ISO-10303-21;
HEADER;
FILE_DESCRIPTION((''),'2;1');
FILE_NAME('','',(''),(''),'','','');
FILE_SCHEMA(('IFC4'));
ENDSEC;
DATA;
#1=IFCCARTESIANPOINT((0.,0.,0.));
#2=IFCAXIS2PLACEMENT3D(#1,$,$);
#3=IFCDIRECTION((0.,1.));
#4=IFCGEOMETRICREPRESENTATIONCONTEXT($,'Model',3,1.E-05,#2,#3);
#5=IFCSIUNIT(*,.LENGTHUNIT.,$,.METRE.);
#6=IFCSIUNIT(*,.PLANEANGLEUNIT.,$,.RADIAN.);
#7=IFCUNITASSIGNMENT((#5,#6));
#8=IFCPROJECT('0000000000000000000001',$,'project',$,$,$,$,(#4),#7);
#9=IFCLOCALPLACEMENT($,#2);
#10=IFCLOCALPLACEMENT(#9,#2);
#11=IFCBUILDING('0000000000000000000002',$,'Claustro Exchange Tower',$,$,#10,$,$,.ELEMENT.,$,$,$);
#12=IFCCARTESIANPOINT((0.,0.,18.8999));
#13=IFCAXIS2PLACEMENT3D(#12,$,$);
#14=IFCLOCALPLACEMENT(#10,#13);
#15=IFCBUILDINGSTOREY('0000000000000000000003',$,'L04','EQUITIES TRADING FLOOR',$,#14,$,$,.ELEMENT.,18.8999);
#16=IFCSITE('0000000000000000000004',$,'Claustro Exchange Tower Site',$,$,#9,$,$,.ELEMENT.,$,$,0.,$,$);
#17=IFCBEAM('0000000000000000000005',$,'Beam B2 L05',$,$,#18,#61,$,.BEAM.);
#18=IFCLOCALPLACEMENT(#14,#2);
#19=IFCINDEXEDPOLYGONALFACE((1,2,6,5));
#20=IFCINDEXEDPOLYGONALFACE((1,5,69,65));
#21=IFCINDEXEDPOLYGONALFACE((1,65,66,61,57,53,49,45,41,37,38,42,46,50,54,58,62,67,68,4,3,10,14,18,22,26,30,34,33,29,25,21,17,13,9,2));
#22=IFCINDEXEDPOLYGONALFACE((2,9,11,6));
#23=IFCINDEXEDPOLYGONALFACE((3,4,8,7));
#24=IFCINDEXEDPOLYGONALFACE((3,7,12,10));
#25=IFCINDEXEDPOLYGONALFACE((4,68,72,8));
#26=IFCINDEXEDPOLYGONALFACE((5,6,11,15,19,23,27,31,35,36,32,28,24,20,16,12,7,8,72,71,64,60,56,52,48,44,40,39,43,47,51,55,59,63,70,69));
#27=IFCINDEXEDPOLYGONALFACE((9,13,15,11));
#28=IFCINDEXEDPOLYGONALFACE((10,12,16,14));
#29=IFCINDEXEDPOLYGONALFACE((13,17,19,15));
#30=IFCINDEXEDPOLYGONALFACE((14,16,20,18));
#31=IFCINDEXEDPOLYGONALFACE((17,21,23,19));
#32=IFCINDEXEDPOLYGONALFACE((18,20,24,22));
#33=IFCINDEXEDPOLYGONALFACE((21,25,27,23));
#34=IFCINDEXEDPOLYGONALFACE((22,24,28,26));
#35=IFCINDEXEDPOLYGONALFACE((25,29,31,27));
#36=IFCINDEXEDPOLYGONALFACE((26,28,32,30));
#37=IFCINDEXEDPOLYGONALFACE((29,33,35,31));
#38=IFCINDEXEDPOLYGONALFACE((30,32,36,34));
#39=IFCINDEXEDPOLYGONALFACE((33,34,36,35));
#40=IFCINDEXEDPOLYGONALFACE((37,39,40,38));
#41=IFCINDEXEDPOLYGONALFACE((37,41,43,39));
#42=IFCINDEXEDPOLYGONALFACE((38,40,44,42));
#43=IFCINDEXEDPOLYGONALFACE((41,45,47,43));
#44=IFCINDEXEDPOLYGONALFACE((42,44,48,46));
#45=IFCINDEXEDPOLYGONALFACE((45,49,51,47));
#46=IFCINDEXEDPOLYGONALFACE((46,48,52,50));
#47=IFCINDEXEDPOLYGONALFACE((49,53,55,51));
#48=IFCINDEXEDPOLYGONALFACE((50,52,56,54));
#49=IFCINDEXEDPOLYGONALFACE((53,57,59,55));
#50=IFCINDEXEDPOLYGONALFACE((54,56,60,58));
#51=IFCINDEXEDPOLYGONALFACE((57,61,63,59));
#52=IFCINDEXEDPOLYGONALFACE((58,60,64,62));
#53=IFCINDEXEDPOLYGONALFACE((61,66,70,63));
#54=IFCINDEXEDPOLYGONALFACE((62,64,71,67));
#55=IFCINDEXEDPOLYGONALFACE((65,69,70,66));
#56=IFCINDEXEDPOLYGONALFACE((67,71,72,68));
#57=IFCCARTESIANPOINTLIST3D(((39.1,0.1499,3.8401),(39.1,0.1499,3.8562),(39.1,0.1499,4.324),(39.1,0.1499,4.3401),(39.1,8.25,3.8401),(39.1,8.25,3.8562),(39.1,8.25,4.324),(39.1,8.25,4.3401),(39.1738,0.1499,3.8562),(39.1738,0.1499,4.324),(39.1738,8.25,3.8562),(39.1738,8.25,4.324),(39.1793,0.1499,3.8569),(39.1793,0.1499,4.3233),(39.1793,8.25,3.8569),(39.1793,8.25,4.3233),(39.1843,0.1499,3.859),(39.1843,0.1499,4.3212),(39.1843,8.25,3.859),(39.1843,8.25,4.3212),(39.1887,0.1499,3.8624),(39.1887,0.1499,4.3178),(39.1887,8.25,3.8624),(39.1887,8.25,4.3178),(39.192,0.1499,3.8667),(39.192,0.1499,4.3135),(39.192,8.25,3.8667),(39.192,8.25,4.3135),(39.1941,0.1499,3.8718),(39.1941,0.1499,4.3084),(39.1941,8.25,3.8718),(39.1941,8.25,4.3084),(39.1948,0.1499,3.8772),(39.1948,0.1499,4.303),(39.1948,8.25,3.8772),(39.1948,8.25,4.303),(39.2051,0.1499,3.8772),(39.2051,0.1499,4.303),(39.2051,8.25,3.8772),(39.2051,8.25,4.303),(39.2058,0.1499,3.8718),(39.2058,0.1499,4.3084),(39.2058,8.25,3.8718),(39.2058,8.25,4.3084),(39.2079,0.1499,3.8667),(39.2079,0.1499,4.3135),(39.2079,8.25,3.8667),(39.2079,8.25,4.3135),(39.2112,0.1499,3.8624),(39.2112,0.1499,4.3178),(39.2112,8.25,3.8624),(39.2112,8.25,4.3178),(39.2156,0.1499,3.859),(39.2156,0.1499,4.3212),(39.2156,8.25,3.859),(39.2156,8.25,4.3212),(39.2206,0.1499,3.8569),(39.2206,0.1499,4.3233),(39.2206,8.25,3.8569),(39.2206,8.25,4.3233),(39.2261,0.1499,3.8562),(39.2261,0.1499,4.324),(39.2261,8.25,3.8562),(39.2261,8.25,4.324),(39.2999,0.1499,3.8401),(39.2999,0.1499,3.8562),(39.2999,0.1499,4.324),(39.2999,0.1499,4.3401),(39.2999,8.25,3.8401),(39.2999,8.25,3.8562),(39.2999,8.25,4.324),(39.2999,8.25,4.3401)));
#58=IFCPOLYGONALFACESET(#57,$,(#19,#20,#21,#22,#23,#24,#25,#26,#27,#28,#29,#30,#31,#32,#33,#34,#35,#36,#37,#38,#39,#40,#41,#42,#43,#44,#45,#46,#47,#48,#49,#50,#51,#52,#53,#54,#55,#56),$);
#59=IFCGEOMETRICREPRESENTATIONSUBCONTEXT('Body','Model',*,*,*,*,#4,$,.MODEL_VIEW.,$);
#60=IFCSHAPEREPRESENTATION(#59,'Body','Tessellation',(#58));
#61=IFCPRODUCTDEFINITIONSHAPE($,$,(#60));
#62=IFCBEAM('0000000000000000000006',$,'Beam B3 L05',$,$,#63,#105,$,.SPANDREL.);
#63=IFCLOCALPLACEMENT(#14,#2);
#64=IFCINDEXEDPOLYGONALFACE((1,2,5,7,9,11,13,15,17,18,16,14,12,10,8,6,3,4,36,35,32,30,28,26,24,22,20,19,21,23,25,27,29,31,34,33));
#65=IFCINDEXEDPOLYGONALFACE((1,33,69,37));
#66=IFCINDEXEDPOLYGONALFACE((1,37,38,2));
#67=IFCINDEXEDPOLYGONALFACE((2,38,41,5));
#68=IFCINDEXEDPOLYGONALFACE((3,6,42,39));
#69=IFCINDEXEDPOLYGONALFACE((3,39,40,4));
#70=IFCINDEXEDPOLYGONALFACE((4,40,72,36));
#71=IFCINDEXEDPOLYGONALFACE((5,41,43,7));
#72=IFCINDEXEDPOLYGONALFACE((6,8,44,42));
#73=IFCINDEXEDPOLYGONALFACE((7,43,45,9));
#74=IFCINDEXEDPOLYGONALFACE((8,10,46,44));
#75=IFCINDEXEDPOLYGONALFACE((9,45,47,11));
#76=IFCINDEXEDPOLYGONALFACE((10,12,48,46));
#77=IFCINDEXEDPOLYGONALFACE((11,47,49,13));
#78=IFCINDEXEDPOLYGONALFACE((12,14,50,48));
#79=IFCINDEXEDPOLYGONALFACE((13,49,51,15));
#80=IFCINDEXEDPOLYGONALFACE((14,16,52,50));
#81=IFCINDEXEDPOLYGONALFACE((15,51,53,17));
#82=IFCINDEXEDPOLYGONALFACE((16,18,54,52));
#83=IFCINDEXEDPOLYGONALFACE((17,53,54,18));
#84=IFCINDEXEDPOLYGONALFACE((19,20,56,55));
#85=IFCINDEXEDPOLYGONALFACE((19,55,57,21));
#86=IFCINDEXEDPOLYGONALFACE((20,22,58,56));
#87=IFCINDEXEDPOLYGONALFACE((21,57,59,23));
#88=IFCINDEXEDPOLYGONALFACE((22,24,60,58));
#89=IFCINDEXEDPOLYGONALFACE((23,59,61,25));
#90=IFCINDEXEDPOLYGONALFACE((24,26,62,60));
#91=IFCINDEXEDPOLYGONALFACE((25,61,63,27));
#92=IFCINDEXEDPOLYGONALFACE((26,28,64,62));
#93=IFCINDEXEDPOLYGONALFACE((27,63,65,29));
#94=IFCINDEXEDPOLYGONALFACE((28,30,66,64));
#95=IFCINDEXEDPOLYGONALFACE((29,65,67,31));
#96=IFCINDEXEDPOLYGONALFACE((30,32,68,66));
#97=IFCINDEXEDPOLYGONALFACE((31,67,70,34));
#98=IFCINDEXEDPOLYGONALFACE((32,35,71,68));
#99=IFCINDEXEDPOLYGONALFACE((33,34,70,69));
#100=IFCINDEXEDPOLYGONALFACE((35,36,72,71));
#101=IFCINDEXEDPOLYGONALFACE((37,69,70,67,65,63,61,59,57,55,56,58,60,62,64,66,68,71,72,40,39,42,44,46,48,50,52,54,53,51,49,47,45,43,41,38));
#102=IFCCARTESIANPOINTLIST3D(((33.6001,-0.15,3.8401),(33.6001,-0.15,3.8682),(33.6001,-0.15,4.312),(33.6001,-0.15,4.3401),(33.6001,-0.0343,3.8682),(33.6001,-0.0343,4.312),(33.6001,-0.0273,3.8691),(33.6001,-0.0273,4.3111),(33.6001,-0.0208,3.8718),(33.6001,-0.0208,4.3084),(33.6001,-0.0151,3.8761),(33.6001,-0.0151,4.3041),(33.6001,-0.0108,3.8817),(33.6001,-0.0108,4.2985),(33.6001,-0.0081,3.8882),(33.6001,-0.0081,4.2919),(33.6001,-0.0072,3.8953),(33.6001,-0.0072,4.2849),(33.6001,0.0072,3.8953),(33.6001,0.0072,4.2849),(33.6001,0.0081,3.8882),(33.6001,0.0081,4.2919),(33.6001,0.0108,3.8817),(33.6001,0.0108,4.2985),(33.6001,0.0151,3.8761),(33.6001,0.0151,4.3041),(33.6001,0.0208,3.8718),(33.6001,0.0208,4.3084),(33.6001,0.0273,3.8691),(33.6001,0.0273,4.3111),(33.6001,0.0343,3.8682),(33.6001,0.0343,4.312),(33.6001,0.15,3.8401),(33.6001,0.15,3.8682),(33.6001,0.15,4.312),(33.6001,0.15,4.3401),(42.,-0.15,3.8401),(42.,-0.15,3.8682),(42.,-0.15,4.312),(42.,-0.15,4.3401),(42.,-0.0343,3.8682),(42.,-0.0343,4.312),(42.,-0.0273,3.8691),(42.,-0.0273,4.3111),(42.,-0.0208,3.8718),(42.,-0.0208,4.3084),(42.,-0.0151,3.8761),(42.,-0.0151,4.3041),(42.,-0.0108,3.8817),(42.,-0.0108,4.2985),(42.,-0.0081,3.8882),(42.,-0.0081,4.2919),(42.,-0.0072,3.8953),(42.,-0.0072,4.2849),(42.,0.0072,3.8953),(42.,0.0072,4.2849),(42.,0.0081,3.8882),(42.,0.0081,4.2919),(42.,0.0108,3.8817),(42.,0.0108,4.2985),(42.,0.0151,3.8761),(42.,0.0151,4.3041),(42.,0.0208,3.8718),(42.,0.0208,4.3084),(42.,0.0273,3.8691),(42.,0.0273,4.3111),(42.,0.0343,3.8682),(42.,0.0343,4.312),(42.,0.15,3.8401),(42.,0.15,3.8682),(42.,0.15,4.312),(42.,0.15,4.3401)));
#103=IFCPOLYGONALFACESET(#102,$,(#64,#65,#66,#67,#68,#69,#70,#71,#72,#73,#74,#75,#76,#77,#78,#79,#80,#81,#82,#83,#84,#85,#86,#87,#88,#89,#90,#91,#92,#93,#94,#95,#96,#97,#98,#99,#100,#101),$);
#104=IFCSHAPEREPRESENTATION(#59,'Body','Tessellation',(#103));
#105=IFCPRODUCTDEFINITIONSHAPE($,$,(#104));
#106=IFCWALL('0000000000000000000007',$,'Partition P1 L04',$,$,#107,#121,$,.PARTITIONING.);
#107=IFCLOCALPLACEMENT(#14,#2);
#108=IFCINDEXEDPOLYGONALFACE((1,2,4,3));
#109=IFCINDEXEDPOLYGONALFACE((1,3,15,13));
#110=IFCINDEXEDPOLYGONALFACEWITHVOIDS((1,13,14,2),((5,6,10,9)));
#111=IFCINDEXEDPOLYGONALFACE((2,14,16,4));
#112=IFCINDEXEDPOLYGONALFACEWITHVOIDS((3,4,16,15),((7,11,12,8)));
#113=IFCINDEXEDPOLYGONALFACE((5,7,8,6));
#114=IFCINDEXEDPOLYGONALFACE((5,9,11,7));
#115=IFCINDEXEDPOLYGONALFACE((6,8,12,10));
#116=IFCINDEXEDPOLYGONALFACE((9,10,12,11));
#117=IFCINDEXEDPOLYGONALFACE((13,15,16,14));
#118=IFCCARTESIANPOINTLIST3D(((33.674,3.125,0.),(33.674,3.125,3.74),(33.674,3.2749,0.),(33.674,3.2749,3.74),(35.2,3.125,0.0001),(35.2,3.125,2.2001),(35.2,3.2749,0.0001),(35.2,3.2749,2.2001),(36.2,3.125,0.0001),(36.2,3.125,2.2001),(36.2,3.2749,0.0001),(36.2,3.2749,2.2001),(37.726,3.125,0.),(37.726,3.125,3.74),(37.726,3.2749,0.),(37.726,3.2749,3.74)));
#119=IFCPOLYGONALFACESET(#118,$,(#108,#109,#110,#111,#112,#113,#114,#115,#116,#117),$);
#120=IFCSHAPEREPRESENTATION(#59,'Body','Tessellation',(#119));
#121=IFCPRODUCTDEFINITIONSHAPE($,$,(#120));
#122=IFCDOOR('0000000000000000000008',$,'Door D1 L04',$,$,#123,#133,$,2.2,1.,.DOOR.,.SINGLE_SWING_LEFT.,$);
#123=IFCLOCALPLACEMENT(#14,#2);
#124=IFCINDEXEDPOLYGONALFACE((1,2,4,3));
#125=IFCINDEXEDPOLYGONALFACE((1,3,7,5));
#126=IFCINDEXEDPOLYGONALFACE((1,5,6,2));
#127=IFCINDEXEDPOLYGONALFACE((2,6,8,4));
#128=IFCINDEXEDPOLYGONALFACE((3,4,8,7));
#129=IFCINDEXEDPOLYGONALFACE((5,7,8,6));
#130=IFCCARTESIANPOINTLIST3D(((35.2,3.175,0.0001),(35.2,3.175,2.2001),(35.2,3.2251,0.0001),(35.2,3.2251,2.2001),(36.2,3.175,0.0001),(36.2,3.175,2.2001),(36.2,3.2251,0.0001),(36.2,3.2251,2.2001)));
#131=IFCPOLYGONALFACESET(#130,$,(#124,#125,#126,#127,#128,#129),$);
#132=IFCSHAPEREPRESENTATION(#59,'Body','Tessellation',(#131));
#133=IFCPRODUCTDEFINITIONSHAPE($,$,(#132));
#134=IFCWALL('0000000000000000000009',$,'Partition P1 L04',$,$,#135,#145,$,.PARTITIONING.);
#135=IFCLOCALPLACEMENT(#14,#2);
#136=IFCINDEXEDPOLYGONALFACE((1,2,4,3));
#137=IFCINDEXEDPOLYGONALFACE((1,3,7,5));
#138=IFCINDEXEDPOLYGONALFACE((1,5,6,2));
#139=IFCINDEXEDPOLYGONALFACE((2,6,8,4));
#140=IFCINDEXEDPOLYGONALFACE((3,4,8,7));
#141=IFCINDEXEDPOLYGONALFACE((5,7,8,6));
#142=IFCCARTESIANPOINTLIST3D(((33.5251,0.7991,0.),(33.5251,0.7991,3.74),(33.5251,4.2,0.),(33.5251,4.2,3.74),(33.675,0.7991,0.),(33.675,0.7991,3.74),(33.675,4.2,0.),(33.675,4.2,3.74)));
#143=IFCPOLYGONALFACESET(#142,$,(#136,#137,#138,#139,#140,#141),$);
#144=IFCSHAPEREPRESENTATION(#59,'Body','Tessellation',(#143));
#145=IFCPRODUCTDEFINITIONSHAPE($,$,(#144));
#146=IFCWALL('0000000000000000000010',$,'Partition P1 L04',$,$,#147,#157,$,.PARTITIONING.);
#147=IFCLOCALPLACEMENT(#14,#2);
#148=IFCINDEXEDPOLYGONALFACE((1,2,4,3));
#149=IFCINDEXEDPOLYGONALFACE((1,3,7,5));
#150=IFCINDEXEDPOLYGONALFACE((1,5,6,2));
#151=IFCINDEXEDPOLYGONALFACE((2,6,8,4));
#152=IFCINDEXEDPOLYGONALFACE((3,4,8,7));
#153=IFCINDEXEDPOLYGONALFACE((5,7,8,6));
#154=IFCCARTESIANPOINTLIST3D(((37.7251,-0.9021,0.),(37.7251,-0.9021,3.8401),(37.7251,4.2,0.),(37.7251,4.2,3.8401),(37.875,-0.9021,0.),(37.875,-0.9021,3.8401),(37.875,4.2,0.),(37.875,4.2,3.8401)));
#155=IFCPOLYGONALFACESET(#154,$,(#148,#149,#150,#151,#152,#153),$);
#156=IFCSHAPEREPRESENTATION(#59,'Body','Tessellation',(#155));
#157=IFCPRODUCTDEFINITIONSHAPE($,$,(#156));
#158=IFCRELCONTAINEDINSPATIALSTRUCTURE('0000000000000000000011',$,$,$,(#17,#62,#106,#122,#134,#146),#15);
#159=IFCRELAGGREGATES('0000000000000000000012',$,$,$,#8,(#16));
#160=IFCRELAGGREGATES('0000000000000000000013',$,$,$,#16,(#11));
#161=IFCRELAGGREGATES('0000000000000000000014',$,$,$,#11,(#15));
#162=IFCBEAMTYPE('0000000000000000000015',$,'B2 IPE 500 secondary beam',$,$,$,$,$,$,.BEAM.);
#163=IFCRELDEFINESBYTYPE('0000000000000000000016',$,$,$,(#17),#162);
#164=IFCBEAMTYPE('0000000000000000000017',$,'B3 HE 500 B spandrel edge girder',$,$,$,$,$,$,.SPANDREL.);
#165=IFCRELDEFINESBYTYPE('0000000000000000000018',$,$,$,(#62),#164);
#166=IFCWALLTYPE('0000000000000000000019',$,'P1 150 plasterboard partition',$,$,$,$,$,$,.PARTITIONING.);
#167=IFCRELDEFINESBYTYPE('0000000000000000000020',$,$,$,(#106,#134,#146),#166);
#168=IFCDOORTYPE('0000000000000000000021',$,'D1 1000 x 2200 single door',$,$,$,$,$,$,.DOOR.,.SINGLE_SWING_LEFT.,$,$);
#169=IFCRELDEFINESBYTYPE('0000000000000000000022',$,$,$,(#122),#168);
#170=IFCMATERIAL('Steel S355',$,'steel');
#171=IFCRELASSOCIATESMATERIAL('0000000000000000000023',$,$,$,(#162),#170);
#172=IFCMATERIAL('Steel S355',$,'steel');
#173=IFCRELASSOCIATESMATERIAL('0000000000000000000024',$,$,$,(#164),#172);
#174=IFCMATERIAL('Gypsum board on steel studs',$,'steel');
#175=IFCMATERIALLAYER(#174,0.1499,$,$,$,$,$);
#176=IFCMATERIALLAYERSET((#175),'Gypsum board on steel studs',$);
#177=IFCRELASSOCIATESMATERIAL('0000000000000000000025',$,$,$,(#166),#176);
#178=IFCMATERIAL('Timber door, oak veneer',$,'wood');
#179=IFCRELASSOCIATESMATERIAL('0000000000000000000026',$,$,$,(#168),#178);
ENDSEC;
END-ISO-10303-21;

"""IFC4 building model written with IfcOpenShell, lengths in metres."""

from ifc_helpers import new_model, si_unit, direction, frame, frame_2d, origin, origin_2d, place, context, subcontext, project, spatial, rectangle, i_section, extrude, material, layer, layer_set, material_profile, profile_set, type_object, element, fill, save


model = new_model("IFC4")

# Units and contexts
model_context = context("Model", 3, precision=1e-05, world=origin(), true_north=direction((0.0, 1.0)))
body_context = subcontext(model_context, "Body", "Model", "MODEL_VIEW")
ifc_project = project(units=[si_unit("LENGTHUNIT", "METRE"), si_unit("PLANEANGLEUNIT", "RADIAN")], contexts=[model_context])

# Site, building, storey
site_placement = place(None, origin())
site = spatial("IfcSite", under=ifc_project, at=site_placement, Name="Claustro Exchange Tower Site", CompositionType="ELEMENT", RefElevation=0.0)
building_placement = place(site_placement, origin())
building = spatial("IfcBuilding", under=site, at=building_placement, Name="Claustro Exchange Tower", CompositionType="ELEMENT")
storey_placement = place(building_placement, frame((0.0, 0.0, 18.8999)))
storey = spatial("IfcBuildingStorey", under=building, at=storey_placement, Name="L04", Description="EQUITIES TRADING FLOOR", CompositionType="ELEMENT", Elevation=18.8999)

# Beams
ifc_material_1 = material(Name="Steel S355", Category="steel")
ifc_material_profile_1 = material_profile(ifc_material_1, i_section(OverallWidth=0.2, OverallDepth=0.5, WebThickness=0.0103, FlangeThickness=0.0161, FilletRadius=0.021, at=origin_2d()), Name="IPE 500")
ifc_profile_set_1 = profile_set([ifc_material_profile_1], Name="Steel S355")
beam_type_1 = type_object("IfcBeamType", Name="B2 IPE 500 secondary beam", PredefinedType="BEAM", material=ifc_profile_set_1)
for number, where, z_axis, x_axis, name in (
    (1, (39.2, 0.1499, 4.0901), (0.0, 1.0, 0.0), (-1.0, 0.0, 0.0), "Beam B2 L05"),
):
    element("IfcBeam", number, at=place(storey_placement, frame(where, z_axis=z_axis, x_axis=x_axis)), inside=storey, type_object=beam_type_1, Name=name, PredefinedType="BEAM", context=body_context, shape_type="SweptSolid", body=[
        extrude(i_section(OverallWidth=0.2, OverallDepth=0.5, WebThickness=0.0103, FlangeThickness=0.0161, FilletRadius=0.021, at=origin_2d()), origin(), (0.0, 0.0, 1.0), 8.1001),
    ])
ifc_material_2 = material(Name="Steel S355", Category="steel")
ifc_material_profile_2 = material_profile(ifc_material_2, i_section(OverallWidth=0.3, OverallDepth=0.5, WebThickness=0.0144, FlangeThickness=0.0281, FilletRadius=0.0271, at=origin_2d()), Name="HE 500 B")
ifc_profile_set_2 = profile_set([ifc_material_profile_2], Name="Steel S355")
beam_type_2 = type_object("IfcBeamType", Name="B3 HE 500 B spandrel edge girder", PredefinedType="SPANDREL", material=ifc_profile_set_2)
beam_1_placement = place(storey_placement, frame((33.6001, 0.0, 4.0901), z_axis=(1.0, 0.0, 0.0), x_axis=(0.0, 1.0, 0.0)))
element("IfcBeam", 2, at=beam_1_placement, inside=storey, type_object=beam_type_2, Name="Beam B3 L05", PredefinedType="SPANDREL", context=body_context, shape_type="SweptSolid", body=[
    extrude(i_section(OverallWidth=0.3, OverallDepth=0.5, WebThickness=0.0144, FlangeThickness=0.0281, FilletRadius=0.0271, at=origin_2d()), origin(), (0.0, 0.0, 1.0), 8.3999),
])

# Wall, opening, door
ifc_material_3 = material(Name="Gypsum board on steel studs", Category="steel")
ifc_layer_1 = layer(ifc_material_3, 0.1499)
ifc_layer_set_1 = layer_set([ifc_layer_1], Name="Gypsum board on steel studs")
wall_type_1 = type_object("IfcWallType", Name="P1 150 plasterboard partition", PredefinedType="PARTITIONING", material=ifc_layer_set_1)
wall_1_placement = place(storey_placement, frame((33.6741, 3.2, 0.0), z_axis=(0.0, 0.0, 1.0), x_axis=(1.0, 0.0, 0.0)))
wall_1 = element("IfcWall", 3, at=wall_1_placement, inside=storey, type_object=wall_type_1, Name="Partition P1 L04", PredefinedType="PARTITIONING", context=body_context, shape_type="SweptSolid", body=[
    extrude(rectangle(XDim=4.052, YDim=0.1499, at=frame_2d((2.0259, 0.0))), origin(), (0.0, 0.0, 1.0), 3.74),
])
opening_1_placement = place(wall_1_placement, frame((1.5259, 0.0, 0.0)))
opening_1 = element("IfcOpeningElement", 4, at=opening_1_placement, cuts=wall_1, PredefinedType="OPENING", context=body_context, shape_type="SweptSolid", body=[
    extrude(rectangle(XDim=1.0, YDim=2.2, at=frame_2d((0.5, 1.1001))), frame((0.0, 0.085, 0.0), z_axis=(0.0, -1.0, 0.0), x_axis=(1.0, 0.0, 0.0)), (0.0, 0.0, 1.0), 0.1699),
])
ifc_material_4 = material(Name="Timber door, oak veneer", Category="wood")
door_type = type_object("IfcDoorType", Name="D1 1000 x 2200 single door", OperationType="SINGLE_SWING_LEFT", PredefinedType="DOOR", material=ifc_material_4)
door_placement = place(opening_1_placement, frame((1.0, 0.0, 0.0), z_axis=(0.0, 0.0, 1.0), x_axis=(-1.0, 0.0, 0.0)))
door = element("IfcDoor", 5, at=door_placement, inside=storey, type_object=door_type, Name="Door D1 L04", OperationType="SINGLE_SWING_LEFT", OverallHeight=2.2, OverallWidth=1.0, PredefinedType="DOOR", context=body_context, shape_type="SweptSolid", body=[
    extrude(rectangle(XDim=1.0, YDim=2.2, at=frame_2d((0.5, 1.1001))), frame((0.0, 0.0249, 0.0), z_axis=(0.0, -1.0, 0.0), x_axis=(1.0, 0.0, 0.0)), (0.0, 0.0, 1.0), 0.05),
])
fill(opening_1, door)

# Walls
wall_2_placement = place(storey_placement, frame((33.6001, 0.7991, 0.0), z_axis=(0.0, 0.0, 1.0), x_axis=(0.0, 1.0, 0.0)))
element("IfcWall", 6, at=wall_2_placement, inside=storey, type_object=wall_type_1, Name="Partition P1 L04", PredefinedType="PARTITIONING", context=body_context, shape_type="SweptSolid", body=[
    extrude(rectangle(XDim=3.4009, YDim=0.1499, at=frame_2d((1.7004, 0.0))), origin(), (0.0, 0.0, 1.0), 3.74),
])
wall_3_placement = place(storey_placement, frame((37.8, -0.9021, 0.0), z_axis=(0.0, 0.0, 1.0), x_axis=(0.0, 1.0, 0.0)))
element("IfcWall", 7, at=wall_3_placement, inside=storey, type_object=wall_type_1, Name="Partition P1 L04", PredefinedType="PARTITIONING", context=body_context, shape_type="SweptSolid", body=[
    extrude(rectangle(XDim=5.1021, YDim=0.1499, at=frame_2d((2.551, 0.0))), origin(), (0.0, 0.0, 1.0), 3.8401),
])

save(model, "model.ifc")
